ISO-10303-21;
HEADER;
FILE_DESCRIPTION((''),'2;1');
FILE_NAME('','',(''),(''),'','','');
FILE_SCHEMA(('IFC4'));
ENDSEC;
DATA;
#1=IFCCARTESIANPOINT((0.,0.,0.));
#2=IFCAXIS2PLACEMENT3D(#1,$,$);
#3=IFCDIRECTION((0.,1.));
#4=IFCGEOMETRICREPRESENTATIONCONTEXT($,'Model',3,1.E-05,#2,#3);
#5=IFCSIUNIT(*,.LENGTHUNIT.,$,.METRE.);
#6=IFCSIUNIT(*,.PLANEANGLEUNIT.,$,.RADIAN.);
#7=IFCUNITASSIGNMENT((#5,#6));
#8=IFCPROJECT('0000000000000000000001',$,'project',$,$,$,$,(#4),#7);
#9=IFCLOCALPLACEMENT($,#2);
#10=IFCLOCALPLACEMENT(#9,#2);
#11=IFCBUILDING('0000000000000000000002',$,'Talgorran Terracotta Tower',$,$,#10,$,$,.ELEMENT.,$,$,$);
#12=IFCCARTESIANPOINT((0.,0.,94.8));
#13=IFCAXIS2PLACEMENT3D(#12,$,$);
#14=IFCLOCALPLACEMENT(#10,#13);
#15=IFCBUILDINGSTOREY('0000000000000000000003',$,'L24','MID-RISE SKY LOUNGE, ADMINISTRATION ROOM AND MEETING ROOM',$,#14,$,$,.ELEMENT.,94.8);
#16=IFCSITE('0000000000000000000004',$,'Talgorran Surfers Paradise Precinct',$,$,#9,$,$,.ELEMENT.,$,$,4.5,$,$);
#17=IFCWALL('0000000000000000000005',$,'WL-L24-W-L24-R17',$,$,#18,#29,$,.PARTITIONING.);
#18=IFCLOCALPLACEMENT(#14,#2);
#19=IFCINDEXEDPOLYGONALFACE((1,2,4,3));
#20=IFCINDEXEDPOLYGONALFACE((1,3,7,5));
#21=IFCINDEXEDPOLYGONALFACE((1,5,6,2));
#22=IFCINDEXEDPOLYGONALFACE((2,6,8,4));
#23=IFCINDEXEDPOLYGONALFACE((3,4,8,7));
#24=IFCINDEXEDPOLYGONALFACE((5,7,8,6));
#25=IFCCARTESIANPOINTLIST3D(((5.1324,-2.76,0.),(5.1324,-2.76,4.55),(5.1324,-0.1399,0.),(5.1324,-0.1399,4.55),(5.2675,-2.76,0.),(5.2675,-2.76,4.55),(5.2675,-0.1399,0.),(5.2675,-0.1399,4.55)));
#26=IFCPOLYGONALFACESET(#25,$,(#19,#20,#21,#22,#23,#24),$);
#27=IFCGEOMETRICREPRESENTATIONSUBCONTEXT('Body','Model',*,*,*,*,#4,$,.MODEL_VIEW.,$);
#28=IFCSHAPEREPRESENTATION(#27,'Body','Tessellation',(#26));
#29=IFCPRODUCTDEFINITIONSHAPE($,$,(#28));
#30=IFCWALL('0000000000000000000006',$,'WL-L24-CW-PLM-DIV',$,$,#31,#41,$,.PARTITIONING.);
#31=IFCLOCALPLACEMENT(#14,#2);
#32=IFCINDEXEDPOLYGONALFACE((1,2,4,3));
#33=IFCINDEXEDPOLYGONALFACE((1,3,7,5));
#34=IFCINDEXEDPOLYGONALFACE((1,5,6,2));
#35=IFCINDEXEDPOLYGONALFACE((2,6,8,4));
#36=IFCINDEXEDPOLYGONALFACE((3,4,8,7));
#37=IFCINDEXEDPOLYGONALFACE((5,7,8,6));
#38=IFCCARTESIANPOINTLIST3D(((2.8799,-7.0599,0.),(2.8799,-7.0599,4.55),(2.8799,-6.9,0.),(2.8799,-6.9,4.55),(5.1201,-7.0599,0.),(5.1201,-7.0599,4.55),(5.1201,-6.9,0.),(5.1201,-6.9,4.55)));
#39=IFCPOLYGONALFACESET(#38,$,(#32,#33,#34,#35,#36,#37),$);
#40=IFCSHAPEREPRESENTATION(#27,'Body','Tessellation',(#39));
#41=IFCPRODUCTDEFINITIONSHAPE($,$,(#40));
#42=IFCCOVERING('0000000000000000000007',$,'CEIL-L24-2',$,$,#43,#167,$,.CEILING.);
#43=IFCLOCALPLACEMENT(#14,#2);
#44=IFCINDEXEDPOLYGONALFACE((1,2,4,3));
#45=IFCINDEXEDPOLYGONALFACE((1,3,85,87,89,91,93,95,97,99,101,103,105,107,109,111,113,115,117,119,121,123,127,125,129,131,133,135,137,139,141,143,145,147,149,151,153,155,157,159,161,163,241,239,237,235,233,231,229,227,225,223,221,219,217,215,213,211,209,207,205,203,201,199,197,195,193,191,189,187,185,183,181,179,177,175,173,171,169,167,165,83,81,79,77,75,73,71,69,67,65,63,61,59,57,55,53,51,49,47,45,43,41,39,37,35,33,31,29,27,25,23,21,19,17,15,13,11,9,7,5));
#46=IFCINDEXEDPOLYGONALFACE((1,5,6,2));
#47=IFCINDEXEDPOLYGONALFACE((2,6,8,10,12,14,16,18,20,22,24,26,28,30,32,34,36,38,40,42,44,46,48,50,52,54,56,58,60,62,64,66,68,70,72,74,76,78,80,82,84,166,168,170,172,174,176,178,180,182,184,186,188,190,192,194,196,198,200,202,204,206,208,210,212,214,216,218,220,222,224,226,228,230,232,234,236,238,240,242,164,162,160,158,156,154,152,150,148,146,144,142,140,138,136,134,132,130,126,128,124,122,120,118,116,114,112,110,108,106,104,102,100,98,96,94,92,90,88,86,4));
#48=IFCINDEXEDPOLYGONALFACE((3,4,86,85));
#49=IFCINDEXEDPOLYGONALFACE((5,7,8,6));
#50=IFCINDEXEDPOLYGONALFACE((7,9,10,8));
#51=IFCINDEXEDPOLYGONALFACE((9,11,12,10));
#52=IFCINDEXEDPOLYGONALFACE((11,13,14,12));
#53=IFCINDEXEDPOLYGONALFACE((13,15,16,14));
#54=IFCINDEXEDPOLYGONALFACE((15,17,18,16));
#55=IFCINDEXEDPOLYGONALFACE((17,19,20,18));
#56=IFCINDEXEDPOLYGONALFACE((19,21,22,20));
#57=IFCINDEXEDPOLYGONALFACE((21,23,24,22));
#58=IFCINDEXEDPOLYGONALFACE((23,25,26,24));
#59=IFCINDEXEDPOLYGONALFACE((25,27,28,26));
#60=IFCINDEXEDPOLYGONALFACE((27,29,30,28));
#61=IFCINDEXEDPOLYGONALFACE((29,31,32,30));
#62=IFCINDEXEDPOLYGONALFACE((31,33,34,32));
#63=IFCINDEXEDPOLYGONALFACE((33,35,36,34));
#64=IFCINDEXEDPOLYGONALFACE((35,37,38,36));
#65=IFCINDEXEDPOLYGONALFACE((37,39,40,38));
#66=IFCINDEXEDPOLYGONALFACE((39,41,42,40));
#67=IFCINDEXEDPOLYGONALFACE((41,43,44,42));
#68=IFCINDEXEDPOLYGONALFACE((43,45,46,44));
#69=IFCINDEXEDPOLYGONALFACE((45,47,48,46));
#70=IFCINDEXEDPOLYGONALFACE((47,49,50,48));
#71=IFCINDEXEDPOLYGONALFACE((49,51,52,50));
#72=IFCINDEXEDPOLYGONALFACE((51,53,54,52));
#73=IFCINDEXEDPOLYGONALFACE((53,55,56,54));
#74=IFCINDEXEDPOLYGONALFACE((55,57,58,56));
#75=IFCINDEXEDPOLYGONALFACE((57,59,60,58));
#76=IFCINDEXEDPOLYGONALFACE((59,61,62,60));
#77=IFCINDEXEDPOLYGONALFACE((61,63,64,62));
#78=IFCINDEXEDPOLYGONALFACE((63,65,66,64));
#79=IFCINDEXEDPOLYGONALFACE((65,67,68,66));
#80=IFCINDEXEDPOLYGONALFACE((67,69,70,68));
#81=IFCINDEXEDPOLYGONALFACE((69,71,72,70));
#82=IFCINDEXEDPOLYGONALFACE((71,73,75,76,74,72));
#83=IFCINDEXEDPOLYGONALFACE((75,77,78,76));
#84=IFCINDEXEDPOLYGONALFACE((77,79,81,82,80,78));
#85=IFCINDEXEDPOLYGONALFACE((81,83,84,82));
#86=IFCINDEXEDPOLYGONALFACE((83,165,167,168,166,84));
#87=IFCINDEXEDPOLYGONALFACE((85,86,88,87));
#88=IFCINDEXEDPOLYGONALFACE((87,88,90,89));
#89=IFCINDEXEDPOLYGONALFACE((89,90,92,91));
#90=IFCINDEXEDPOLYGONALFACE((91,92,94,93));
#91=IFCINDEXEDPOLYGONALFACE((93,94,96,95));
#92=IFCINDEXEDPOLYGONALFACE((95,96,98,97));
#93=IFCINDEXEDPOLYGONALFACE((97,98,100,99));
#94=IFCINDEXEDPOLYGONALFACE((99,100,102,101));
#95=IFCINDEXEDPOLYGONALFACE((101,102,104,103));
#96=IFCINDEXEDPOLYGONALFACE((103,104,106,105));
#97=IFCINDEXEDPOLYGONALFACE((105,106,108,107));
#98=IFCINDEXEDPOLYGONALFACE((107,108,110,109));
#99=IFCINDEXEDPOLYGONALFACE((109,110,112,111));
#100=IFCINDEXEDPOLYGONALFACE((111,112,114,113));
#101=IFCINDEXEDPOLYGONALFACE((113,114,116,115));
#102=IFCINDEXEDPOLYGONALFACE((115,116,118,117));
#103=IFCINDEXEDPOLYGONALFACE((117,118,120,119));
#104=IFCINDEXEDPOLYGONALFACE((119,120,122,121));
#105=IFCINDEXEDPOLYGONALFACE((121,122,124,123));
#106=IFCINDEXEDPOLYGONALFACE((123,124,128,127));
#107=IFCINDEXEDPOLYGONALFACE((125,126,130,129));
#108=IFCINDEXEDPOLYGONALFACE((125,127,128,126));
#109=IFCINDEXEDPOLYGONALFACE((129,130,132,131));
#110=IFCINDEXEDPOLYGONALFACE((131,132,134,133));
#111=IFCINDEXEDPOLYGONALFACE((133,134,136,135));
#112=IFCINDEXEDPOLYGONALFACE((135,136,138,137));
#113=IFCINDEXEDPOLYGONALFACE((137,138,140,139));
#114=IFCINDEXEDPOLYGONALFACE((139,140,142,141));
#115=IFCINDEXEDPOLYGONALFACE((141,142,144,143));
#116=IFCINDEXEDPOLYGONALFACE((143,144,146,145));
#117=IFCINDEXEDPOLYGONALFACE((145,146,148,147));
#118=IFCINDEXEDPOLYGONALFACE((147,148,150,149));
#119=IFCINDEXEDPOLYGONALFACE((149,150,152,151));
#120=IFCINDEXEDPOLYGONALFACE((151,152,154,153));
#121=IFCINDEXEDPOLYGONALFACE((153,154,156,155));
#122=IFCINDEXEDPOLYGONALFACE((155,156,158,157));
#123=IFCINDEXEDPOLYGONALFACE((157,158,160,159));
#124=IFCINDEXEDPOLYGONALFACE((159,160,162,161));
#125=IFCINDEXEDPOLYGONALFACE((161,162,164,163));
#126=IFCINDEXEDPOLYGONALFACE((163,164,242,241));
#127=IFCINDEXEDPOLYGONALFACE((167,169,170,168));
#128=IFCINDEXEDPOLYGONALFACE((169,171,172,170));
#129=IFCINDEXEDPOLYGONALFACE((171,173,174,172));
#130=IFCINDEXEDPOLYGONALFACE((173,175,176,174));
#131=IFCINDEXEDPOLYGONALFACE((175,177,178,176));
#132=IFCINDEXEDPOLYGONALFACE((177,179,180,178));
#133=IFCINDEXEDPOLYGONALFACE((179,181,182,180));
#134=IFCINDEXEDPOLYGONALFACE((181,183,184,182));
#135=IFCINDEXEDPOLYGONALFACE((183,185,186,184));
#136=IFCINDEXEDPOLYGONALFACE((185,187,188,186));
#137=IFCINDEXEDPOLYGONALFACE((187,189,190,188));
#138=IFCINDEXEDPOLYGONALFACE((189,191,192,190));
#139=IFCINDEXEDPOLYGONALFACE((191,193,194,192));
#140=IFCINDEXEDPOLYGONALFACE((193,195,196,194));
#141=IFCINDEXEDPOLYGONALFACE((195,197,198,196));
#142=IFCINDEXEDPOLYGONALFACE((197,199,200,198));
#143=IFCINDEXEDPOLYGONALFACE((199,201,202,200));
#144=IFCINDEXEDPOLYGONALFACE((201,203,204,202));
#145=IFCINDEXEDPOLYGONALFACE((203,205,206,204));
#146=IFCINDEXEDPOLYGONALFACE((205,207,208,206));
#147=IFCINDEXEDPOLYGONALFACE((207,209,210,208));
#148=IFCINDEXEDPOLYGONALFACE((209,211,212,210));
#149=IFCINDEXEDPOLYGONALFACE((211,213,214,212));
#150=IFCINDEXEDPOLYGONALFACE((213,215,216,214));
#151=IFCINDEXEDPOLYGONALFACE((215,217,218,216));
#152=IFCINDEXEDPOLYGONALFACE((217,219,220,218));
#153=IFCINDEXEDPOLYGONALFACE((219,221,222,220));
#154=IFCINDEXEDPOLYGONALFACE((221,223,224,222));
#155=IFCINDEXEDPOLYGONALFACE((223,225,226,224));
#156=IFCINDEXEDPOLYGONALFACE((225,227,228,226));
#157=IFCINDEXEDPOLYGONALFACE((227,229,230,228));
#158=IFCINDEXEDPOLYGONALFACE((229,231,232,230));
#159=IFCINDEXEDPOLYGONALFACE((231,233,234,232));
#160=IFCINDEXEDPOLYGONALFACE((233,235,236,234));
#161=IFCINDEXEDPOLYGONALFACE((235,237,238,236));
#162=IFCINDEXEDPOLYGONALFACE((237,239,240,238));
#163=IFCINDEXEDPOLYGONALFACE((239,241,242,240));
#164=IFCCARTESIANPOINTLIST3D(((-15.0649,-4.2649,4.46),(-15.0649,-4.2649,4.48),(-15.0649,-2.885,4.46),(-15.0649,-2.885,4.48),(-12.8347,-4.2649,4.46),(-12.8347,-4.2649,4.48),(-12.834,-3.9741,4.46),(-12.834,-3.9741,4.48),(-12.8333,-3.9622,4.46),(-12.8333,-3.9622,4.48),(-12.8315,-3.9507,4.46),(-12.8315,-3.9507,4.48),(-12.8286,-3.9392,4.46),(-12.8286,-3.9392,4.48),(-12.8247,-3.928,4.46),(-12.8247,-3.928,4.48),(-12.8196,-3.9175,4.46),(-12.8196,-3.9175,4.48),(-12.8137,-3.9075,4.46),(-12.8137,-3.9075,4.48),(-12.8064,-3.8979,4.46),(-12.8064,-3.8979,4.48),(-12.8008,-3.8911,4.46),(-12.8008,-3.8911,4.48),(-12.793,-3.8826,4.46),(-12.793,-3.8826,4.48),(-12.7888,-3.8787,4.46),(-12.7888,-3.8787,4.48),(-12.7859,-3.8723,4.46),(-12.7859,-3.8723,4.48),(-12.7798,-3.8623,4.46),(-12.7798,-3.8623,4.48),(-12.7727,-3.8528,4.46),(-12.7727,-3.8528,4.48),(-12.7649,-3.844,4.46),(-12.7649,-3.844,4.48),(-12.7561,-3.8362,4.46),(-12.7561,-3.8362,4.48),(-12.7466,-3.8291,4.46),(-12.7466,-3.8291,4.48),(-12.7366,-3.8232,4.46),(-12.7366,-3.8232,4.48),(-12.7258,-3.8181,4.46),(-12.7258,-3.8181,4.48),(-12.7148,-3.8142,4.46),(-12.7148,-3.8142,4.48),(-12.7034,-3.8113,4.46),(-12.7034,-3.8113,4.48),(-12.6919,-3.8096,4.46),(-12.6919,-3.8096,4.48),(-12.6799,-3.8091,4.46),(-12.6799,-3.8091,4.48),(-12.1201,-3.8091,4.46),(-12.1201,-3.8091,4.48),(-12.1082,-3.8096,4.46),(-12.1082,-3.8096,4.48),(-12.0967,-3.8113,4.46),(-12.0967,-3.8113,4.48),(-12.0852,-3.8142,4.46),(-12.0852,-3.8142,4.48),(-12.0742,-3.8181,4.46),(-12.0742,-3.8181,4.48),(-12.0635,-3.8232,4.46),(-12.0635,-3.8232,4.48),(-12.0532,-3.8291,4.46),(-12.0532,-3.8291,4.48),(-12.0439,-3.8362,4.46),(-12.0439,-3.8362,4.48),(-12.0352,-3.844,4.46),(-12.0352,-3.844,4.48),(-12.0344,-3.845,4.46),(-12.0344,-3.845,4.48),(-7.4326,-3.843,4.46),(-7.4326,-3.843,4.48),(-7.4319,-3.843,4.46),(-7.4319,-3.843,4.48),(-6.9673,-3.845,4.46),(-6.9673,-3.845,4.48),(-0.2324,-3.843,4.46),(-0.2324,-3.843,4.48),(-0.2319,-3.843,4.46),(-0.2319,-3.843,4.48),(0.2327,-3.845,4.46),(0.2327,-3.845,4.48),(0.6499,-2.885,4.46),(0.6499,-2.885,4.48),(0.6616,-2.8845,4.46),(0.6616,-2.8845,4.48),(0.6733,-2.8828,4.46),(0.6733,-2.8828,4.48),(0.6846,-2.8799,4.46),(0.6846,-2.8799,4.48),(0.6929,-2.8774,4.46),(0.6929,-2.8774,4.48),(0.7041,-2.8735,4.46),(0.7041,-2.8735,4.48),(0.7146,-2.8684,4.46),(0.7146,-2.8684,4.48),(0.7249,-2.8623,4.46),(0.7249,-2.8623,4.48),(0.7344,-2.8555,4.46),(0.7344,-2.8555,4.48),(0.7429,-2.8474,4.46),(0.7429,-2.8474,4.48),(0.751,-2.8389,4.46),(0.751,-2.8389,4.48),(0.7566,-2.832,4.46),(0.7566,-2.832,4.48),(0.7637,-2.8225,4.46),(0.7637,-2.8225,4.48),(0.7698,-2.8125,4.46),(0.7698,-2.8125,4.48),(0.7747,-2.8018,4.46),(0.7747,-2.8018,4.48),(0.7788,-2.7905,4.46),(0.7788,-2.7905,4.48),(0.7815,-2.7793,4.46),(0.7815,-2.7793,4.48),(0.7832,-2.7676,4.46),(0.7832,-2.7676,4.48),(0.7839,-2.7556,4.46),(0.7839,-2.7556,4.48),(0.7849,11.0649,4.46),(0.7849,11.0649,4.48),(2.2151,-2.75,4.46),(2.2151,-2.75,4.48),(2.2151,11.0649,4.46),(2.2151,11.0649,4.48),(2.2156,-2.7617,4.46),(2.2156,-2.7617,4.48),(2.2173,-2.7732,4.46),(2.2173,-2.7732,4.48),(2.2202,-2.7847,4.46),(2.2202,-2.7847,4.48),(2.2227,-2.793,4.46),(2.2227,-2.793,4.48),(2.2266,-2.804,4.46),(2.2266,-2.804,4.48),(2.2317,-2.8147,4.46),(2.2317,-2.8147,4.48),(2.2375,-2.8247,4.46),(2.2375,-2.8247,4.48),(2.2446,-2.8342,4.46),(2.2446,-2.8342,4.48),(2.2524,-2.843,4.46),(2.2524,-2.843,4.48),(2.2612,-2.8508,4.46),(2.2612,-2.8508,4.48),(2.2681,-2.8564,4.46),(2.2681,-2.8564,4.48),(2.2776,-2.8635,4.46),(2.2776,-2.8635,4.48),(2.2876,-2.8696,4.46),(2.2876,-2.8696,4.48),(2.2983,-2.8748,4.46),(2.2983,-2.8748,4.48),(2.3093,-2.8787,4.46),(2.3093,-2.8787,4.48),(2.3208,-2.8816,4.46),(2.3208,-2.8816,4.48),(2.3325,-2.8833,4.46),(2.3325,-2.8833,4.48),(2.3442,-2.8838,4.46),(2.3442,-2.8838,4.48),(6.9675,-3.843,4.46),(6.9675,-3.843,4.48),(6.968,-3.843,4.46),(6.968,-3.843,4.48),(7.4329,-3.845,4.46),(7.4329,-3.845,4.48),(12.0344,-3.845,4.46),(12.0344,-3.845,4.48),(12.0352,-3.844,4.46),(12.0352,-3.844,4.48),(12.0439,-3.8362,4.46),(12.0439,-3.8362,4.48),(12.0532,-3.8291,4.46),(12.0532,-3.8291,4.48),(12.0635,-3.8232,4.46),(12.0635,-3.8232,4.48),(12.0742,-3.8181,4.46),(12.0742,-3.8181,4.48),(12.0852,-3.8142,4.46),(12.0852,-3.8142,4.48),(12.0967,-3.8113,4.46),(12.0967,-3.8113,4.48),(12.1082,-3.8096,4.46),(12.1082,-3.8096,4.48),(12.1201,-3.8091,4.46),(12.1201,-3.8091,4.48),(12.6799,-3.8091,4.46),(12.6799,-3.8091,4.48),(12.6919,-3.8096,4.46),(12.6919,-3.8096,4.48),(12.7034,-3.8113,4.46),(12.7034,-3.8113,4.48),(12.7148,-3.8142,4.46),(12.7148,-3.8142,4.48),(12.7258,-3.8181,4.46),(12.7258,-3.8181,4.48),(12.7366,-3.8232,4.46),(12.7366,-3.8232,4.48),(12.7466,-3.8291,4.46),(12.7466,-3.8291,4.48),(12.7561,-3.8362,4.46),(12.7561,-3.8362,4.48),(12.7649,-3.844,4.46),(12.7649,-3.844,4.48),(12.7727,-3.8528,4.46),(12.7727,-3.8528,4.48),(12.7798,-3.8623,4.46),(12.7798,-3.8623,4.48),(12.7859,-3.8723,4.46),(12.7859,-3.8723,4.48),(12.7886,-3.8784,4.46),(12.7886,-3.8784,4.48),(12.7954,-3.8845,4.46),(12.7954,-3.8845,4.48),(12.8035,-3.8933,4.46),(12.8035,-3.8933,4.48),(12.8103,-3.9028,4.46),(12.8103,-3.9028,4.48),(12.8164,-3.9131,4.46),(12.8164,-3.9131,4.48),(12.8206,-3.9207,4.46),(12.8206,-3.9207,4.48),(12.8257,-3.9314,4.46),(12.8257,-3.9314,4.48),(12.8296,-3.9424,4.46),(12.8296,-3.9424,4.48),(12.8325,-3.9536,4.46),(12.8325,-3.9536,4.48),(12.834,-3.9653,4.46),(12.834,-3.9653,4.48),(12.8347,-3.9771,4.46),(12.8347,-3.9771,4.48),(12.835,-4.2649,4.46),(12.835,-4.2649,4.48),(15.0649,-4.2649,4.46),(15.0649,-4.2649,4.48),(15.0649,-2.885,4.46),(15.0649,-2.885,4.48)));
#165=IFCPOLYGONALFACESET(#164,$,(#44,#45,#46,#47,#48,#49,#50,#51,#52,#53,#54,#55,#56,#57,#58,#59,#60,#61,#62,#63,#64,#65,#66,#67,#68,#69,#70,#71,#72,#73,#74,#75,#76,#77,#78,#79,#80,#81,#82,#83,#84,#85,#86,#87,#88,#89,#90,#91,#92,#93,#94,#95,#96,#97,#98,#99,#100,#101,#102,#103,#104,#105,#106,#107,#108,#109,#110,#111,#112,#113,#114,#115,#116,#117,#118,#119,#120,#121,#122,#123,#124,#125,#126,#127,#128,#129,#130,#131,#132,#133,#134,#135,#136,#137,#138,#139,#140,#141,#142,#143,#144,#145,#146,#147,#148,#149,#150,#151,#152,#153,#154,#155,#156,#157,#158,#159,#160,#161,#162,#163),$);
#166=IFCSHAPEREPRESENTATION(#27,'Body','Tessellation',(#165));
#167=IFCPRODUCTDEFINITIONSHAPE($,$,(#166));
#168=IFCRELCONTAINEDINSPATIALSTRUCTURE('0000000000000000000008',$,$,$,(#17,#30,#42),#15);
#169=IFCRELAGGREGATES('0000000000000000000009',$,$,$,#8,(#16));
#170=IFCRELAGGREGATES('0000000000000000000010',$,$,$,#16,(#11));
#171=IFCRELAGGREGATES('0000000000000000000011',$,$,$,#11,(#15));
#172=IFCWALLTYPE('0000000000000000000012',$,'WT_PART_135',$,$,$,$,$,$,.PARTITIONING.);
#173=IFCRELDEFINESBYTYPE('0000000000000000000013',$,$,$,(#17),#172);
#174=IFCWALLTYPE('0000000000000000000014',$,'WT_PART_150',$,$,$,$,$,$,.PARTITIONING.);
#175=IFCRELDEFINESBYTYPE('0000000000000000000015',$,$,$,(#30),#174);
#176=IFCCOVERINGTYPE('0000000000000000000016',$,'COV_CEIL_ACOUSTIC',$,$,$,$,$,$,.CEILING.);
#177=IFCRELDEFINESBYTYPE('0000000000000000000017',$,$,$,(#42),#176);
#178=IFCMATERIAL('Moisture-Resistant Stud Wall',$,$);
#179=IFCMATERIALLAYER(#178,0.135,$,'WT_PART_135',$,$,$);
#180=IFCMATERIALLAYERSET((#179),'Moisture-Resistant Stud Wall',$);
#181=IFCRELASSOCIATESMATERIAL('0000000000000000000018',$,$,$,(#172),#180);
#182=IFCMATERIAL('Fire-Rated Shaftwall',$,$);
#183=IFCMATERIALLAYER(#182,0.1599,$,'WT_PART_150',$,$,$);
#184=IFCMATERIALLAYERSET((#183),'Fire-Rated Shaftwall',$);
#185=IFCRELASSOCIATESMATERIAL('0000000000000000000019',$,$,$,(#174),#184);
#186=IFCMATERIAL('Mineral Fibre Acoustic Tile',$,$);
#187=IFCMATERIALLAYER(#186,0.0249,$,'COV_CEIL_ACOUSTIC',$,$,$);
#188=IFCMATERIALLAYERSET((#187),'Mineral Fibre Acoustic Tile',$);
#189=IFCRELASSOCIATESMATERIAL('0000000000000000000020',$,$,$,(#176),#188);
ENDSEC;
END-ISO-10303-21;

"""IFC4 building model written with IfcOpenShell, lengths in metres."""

from ifc_helpers import new_model, si_unit, direction, frame, frame_2d, origin, place, context, subcontext, project, spatial, polyline, rectangle, outline, extrude, material, layer, layer_set, type_object, element, save


model = new_model("IFC4")

# Units and contexts
model_context = context("Model", 3, precision=1e-05, world=origin(), true_north=direction((0.0, 1.0)))
body_context = subcontext(model_context, "Body", "Model", "MODEL_VIEW")
ifc_project = project(units=[si_unit("LENGTHUNIT", "METRE"), si_unit("PLANEANGLEUNIT", "RADIAN")], contexts=[model_context])

# Site, building, storey
site_placement = place(None, origin())
site = spatial("IfcSite", under=ifc_project, at=site_placement, Name="Talgorran Surfers Paradise Precinct", CompositionType="ELEMENT", RefElevation=4.5)
building_placement = place(site_placement, origin())
building = spatial("IfcBuilding", under=site, at=building_placement, Name="Talgorran Terracotta Tower", CompositionType="ELEMENT")
storey_placement = place(building_placement, frame((0.0, 0.0, 94.8)))
storey = spatial("IfcBuildingStorey", under=building, at=storey_placement, Name="L24", Description="MID-RISE SKY LOUNGE, ADMINISTRATION ROOM AND MEETING ROOM", CompositionType="ELEMENT", Elevation=94.8)

# Walls
ifc_material_1 = material(Name="Moisture-Resistant Stud Wall")
ifc_layer_1 = layer(ifc_material_1, 0.135, Name="WT_PART_135")
ifc_layer_set_1 = layer_set([ifc_layer_1], Name="Moisture-Resistant Stud Wall")
wall_type_1 = type_object("IfcWallType", Name="WT_PART_135", PredefinedType="PARTITIONING", material=ifc_layer_set_1)
wall_1_placement = place(storey_placement, frame((5.2, -2.76, 0.0), z_axis=(0.0, 0.0, 1.0), x_axis=(0.0, 1.0, 0.0)))
element("IfcWall", 1, at=wall_1_placement, inside=storey, type_object=wall_type_1, Name="WL-L24-W-L24-R17", PredefinedType="PARTITIONING", context=body_context, shape_type="SweptSolid", body=[
    extrude(rectangle(XDim=2.6201, YDim=0.135, at=frame_2d((1.3101, 0.0))), origin(), (0.0, 0.0, 1.0), 4.55),
])
ifc_material_2 = material(Name="Fire-Rated Shaftwall")
ifc_layer_2 = layer(ifc_material_2, 0.1599, Name="WT_PART_150")
ifc_layer_set_2 = layer_set([ifc_layer_2], Name="Fire-Rated Shaftwall")
wall_type_2 = type_object("IfcWallType", Name="WT_PART_150", PredefinedType="PARTITIONING", material=ifc_layer_set_2)
wall_2_placement = place(storey_placement, frame((2.8799, -6.98, 0.0), z_axis=(0.0, 0.0, 1.0), x_axis=(1.0, 0.0, 0.0)))
element("IfcWall", 2, at=wall_2_placement, inside=storey, type_object=wall_type_2, Name="WL-L24-CW-PLM-DIV", PredefinedType="PARTITIONING", context=body_context, shape_type="SweptSolid", body=[
    extrude(rectangle(XDim=2.2402, YDim=0.1599, at=frame_2d((1.1201, 0.0))), origin(), (0.0, 0.0, 1.0), 4.55),
])

# Covering
ifc_material_3 = material(Name="Mineral Fibre Acoustic Tile")
ifc_layer_3 = layer(ifc_material_3, 0.0249, Name="COV_CEIL_ACOUSTIC")
ifc_layer_set_3 = layer_set([ifc_layer_3], Name="Mineral Fibre Acoustic Tile")
covering_type_1 = type_object("IfcCoveringType", Name="COV_CEIL_ACOUSTIC", PredefinedType="CEILING", material=ifc_layer_set_3)
covering_1_placement = place(storey_placement, frame((0.0, 0.0, 4.46)))
element("IfcCovering", 3, at=covering_1_placement, inside=storey, type_object=covering_type_1, Name="CEIL-L24-2", PredefinedType="CEILING", context=body_context, shape_type="SweptSolid", body=[
    extrude(outline(polyline([(-12.7888, -3.8787), (-12.793, -3.8826), (-12.8008, -3.8911), (-12.8064, -3.8979), (-12.8137, -3.9075), (-12.8196, -3.9175), (-12.8247, -3.928), (-12.8286, -3.9392), (-12.8315, -3.9507), (-12.8333, -3.9622), (-12.834, -3.9741), (-12.8347, -4.2649), (-15.0649, -4.2649), (-15.0649, -2.885), (0.6499, -2.885), (0.6616, -2.8845), (0.6733, -2.8828), (0.6846, -2.8799), (0.6929, -2.8774), (0.7041, -2.8735), (0.7146, -2.8684), (0.7249, -2.8623), (0.7344, -2.8555), (0.7429, -2.8474), (0.751, -2.8389), (0.7566, -2.832), (0.7637, -2.8225), (0.7698, -2.8125), (0.7747, -2.8018), (0.7788, -2.7905), (0.7815, -2.7793), (0.7832, -2.7676), (0.7839, -2.7556), (0.7849, 11.0649), (2.2151, 11.0649), (2.2151, -2.75), (2.2156, -2.7617), (2.2173, -2.7732), (2.2202, -2.7847), (2.2227, -2.793), (2.2266, -2.804), (2.2317, -2.8147), (2.2375, -2.8247), (2.2446, -2.8342), (2.2524, -2.843), (2.2612, -2.8508), (2.2681, -2.8564), (2.2776, -2.8635), (2.2876, -2.8696), (2.2983, -2.8748), (2.3093, -2.8787), (2.3208, -2.8816), (2.3325, -2.8833), (2.3442, -2.8838), (15.0649, -2.885), (15.0649, -4.2649), (12.835, -4.2649), (12.8347, -3.9771), (12.834, -3.9653), (12.8325, -3.9536), (12.8296, -3.9424), (12.8257, -3.9314), (12.8206, -3.9207), (12.8164, -3.9131), (12.8103, -3.9028), (12.8035, -3.8933), (12.7954, -3.8845), (12.7886, -3.8784), (12.7859, -3.8723), (12.7798, -3.8623), (12.7727, -3.8528), (12.7649, -3.844), (12.7561, -3.8362), (12.7466, -3.8291), (12.7366, -3.8232), (12.7258, -3.8181), (12.7148, -3.8142), (12.7034, -3.8113), (12.6919, -3.8096), (12.6799, -3.8091), (12.1201, -3.8091), (12.1082, -3.8096), (12.0967, -3.8113), (12.0852, -3.8142), (12.0742, -3.8181), (12.0635, -3.8232), (12.0532, -3.8291), (12.0439, -3.8362), (12.0352, -3.844), (12.0344, -3.845), (7.4329, -3.845), (6.968, -3.843), (6.9675, -3.843), (0.2327, -3.845), (-0.2319, -3.843), (-0.2324, -3.843), (-6.9673, -3.845), (-7.4319, -3.843), (-7.4326, -3.843), (-12.0344, -3.845), (-12.0352, -3.844), (-12.0439, -3.8362), (-12.0532, -3.8291), (-12.0635, -3.8232), (-12.0742, -3.8181), (-12.0852, -3.8142), (-12.0967, -3.8113), (-12.1082, -3.8096), (-12.1201, -3.8091), (-12.6799, -3.8091), (-12.6919, -3.8096), (-12.7034, -3.8113), (-12.7148, -3.8142), (-12.7258, -3.8181), (-12.7366, -3.8232), (-12.7466, -3.8291), (-12.7561, -3.8362), (-12.7649, -3.844), (-12.7727, -3.8528), (-12.7798, -3.8623), (-12.7859, -3.8723), (-12.7888, -3.8787)])), origin(), (0.0, 0.0, 1.0), 0.02),
])

save(model, "model.ifc")
